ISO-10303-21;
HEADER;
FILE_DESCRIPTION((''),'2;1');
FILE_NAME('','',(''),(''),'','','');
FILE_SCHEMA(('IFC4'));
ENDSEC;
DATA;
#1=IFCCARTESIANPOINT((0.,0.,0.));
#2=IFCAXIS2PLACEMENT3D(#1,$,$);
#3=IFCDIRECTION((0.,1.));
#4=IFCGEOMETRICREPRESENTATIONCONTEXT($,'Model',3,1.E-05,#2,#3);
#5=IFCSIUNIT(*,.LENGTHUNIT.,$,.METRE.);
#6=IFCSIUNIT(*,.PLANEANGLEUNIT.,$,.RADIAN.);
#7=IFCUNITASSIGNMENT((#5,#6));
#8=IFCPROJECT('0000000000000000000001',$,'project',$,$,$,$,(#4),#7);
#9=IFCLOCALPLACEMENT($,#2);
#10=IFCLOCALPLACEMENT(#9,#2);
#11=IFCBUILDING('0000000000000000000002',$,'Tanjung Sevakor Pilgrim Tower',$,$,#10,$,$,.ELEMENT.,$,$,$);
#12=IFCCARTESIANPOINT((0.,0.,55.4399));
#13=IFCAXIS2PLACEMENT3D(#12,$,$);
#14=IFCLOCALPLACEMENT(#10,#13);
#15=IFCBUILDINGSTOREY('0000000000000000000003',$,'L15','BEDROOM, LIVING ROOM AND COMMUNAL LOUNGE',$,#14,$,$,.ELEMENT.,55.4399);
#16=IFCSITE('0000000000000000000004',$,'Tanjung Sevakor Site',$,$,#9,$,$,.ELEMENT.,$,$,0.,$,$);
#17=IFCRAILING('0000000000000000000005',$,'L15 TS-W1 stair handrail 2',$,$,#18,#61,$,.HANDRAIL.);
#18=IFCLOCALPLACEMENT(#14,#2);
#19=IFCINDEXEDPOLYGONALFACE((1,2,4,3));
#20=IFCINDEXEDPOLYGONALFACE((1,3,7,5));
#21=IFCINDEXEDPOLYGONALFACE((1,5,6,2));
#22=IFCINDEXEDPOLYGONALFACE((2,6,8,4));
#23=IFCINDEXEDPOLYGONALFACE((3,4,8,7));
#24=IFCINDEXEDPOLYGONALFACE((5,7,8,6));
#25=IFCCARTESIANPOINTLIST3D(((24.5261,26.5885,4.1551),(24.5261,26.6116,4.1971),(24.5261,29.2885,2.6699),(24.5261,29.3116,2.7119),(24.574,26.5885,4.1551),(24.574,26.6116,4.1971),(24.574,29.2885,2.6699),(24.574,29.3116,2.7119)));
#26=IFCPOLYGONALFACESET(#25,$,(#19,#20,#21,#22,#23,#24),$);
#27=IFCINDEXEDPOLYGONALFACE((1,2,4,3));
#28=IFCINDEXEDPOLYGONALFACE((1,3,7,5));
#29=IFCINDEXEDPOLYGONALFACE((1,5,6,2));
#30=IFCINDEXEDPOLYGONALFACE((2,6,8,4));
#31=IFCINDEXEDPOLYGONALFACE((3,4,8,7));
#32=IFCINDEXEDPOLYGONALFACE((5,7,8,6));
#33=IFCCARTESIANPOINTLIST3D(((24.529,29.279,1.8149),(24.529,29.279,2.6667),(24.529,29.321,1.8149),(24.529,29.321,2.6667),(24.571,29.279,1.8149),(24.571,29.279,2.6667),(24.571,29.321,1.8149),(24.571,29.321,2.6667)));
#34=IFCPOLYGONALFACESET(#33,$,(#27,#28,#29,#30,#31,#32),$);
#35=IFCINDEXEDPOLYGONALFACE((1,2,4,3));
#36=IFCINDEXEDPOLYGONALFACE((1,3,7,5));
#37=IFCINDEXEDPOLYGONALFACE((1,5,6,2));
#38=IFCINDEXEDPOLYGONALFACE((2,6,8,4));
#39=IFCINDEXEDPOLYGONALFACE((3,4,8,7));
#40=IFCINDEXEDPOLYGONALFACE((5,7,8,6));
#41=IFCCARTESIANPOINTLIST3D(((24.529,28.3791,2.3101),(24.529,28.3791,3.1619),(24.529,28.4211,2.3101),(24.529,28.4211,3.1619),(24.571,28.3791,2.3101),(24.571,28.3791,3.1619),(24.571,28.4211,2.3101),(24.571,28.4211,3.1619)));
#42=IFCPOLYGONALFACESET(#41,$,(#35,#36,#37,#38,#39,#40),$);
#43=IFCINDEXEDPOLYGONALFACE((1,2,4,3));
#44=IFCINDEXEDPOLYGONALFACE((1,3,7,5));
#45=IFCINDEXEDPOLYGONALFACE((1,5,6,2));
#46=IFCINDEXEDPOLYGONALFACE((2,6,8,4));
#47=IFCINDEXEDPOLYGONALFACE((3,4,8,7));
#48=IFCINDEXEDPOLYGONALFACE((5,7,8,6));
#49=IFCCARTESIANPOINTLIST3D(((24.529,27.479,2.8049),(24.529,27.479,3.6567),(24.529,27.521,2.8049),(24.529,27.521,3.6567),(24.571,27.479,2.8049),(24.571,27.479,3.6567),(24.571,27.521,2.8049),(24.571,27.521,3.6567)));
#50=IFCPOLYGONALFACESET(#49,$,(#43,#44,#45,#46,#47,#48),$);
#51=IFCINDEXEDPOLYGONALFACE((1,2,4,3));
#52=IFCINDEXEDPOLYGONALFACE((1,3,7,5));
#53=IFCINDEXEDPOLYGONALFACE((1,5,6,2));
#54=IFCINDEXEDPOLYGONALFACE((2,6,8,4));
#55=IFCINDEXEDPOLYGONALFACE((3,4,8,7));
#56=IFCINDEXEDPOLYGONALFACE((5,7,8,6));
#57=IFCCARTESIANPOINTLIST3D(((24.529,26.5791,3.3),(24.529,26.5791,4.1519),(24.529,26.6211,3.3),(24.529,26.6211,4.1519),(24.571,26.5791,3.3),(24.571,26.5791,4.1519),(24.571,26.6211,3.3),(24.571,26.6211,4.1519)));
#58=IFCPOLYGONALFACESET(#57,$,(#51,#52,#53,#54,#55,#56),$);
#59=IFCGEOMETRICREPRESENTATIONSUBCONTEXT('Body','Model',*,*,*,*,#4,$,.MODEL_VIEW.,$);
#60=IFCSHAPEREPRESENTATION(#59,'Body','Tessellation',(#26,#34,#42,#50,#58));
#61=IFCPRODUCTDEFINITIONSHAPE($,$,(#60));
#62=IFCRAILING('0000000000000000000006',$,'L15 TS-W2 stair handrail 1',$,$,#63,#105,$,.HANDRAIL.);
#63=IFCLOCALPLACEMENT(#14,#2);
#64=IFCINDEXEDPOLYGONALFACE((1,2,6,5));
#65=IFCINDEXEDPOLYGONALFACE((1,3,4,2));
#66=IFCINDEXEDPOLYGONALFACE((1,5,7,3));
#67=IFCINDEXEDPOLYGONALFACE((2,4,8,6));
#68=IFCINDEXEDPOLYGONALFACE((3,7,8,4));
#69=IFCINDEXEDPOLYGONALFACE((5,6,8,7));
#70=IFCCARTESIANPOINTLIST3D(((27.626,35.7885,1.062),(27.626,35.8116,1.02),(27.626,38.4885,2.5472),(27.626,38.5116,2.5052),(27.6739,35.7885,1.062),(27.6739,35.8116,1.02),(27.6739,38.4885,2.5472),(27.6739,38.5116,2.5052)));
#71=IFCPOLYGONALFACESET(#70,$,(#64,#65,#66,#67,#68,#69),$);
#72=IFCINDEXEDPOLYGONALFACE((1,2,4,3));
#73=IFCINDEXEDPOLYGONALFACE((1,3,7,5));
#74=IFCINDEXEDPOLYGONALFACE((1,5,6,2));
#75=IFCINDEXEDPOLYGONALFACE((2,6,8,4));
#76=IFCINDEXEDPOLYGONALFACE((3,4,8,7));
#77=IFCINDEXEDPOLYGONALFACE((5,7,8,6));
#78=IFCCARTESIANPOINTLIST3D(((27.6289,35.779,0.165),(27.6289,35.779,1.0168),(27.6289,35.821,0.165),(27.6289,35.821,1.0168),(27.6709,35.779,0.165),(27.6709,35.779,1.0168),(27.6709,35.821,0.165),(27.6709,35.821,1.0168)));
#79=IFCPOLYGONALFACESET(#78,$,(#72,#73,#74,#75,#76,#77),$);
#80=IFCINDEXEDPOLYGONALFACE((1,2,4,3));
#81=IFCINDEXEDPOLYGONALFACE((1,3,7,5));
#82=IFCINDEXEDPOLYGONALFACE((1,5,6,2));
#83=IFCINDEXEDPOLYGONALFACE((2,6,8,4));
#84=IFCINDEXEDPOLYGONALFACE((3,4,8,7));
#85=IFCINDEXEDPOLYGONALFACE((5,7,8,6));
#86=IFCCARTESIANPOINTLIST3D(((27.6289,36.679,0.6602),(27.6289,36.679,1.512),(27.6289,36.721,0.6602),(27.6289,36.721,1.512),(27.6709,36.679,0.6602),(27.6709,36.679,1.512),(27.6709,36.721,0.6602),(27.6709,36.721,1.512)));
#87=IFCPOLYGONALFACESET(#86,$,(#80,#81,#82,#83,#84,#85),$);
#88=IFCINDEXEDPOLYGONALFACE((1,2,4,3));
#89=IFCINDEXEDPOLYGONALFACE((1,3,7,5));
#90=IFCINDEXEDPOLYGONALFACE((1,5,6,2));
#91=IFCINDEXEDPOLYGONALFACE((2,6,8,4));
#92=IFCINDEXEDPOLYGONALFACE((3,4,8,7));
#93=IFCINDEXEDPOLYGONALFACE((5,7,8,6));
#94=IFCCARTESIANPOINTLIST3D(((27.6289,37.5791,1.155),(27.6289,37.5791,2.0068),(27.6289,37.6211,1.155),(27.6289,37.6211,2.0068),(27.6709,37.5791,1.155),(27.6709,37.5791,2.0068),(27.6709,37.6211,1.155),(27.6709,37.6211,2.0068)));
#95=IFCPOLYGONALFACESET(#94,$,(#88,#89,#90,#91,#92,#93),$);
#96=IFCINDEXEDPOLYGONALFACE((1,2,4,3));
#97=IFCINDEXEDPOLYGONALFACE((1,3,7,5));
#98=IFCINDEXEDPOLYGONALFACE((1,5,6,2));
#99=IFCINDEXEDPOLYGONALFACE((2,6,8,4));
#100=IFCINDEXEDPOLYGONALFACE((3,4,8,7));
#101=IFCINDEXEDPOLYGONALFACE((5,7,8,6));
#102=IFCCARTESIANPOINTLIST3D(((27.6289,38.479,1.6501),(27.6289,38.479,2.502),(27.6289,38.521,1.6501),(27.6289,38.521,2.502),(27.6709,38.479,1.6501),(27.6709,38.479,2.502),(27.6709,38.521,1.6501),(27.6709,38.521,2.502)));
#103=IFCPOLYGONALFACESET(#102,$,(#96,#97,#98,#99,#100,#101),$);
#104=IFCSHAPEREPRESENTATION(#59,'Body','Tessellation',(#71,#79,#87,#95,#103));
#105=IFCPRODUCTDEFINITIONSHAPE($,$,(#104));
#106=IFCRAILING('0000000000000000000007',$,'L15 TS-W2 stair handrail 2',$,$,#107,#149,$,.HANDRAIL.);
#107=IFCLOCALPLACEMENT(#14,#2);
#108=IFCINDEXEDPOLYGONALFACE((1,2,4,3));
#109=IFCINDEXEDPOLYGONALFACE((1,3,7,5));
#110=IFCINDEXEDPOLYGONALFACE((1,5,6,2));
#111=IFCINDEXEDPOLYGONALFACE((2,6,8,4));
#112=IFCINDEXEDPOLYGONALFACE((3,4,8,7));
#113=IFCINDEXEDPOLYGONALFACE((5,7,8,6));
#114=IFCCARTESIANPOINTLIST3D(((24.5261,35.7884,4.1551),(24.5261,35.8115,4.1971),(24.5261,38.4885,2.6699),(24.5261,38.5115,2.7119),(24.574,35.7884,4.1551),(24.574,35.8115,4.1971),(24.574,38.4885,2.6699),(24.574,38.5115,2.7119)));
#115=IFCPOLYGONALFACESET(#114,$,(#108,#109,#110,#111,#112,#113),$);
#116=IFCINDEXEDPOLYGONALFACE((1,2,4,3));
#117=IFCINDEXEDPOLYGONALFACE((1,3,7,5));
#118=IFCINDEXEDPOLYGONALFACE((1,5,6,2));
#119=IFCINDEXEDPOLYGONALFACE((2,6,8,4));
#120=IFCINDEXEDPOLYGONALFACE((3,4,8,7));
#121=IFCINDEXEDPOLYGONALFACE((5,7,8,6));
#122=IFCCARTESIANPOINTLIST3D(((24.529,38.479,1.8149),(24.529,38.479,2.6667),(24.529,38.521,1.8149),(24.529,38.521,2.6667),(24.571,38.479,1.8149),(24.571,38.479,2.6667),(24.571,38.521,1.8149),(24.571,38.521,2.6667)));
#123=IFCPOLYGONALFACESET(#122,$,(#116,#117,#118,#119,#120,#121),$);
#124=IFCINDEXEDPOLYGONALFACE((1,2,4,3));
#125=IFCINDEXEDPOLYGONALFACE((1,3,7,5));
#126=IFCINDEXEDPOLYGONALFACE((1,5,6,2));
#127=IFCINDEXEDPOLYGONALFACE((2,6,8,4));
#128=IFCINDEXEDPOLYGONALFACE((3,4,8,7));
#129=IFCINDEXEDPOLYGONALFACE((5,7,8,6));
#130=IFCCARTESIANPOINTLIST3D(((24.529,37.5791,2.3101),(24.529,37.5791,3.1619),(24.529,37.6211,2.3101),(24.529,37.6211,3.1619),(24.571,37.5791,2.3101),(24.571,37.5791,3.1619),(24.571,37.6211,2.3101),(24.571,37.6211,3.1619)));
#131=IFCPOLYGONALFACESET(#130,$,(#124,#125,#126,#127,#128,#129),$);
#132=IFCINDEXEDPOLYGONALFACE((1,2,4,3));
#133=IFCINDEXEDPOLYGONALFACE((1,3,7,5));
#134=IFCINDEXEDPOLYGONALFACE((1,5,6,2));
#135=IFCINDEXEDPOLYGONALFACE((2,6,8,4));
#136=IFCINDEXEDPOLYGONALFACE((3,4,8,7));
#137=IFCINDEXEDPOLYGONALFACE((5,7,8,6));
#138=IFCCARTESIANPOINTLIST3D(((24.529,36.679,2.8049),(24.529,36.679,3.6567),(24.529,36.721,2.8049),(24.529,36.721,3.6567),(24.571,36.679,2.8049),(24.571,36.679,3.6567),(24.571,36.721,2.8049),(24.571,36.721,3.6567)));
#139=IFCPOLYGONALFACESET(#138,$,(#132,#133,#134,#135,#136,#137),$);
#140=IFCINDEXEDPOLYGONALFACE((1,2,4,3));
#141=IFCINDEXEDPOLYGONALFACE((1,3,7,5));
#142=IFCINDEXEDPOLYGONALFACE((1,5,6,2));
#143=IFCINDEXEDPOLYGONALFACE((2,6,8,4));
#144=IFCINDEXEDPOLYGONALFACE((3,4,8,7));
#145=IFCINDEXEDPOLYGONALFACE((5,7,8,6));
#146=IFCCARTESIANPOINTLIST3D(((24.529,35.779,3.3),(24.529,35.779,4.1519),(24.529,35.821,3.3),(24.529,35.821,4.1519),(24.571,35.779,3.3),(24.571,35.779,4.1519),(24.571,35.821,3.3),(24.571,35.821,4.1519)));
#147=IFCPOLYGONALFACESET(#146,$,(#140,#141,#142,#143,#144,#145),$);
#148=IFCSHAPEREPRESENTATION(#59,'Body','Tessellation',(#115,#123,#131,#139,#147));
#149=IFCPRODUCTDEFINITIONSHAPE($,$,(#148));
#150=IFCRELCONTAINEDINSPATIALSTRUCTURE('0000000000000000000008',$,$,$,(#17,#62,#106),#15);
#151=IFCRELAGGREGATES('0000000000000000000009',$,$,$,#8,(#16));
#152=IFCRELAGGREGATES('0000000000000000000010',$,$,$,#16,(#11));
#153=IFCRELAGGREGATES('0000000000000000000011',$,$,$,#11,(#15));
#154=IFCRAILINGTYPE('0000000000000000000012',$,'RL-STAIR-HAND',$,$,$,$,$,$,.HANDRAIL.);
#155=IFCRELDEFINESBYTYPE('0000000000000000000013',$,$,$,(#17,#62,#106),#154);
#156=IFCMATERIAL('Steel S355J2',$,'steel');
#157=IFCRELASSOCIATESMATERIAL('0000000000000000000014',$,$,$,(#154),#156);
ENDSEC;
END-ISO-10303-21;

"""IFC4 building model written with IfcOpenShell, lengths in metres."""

from ifc_helpers import new_model, si_unit, direction, frame, origin, place, context, subcontext, project, spatial, rectangle, extrude, material, type_object, element, save


model = new_model("IFC4")

# Units and contexts
model_context = context("Model", 3, precision=1e-05, world=origin(), true_north=direction((0.0, 1.0)))
body_context = subcontext(model_context, "Body", "Model", "MODEL_VIEW")
ifc_project = project(units=[si_unit("LENGTHUNIT", "METRE"), si_unit("PLANEANGLEUNIT", "RADIAN")], contexts=[model_context])

# Site, building, storey
site_placement = place(None, origin())
site = spatial("IfcSite", under=ifc_project, at=site_placement, Name="Tanjung Sevakor Site", CompositionType="ELEMENT", RefElevation=0.0)
building_placement = place(site_placement, origin())
building = spatial("IfcBuilding", under=site, at=building_placement, Name="Tanjung Sevakor Pilgrim Tower", CompositionType="ELEMENT")
storey_placement = place(building_placement, frame((0.0, 0.0, 55.4399)))
storey = spatial("IfcBuildingStorey", under=building, at=storey_placement, Name="L15", Description="BEDROOM, LIVING ROOM AND COMMUNAL LOUNGE", CompositionType="ELEMENT", Elevation=55.4399)

# Railings
ifc_material_1 = material(Name="Steel S355J2", Category="steel")
railing_type_1 = type_object("IfcRailingType", Name="RL-STAIR-HAND", PredefinedType="HANDRAIL", material=ifc_material_1)
railing_1_placement = place(storey_placement, frame((24.55, 29.3, 1.8149)))
element("IfcRailing", 1, at=railing_1_placement, inside=storey, type_object=railing_type_1, Name="L15 TS-W1 stair handrail 2", PredefinedType="HANDRAIL", context=body_context, shape_type="SweptSolid", body=[
    extrude(rectangle(XDim=0.0479, YDim=0.0479), frame((0.0, 0.0, 0.876), z_axis=(0.0, -0.876198, 0.481952), x_axis=(1.0, 0.0, 0.0)), (0.0, 0.0, 1.0), 3.0815),
    extrude(rectangle(XDim=0.042, YDim=0.042), origin(), (0.0, 0.0, 1.0), 0.8518),
    extrude(rectangle(XDim=0.042, YDim=0.042), frame((0.0, -0.8999, 0.4951)), (0.0, 0.0, 1.0), 0.8518),
    extrude(rectangle(XDim=0.042, YDim=0.042), frame((0.0, -1.8, 0.99)), (0.0, 0.0, 1.0), 0.8518),
    extrude(rectangle(XDim=0.042, YDim=0.042), frame((0.0, -2.7, 1.4851)), (0.0, 0.0, 1.0), 0.8518),
])
railing_2_placement = place(storey_placement, frame((27.6499, 35.8, 0.165)))
element("IfcRailing", 2, at=railing_2_placement, inside=storey, type_object=railing_type_1, Name="L15 TS-W2 stair handrail 1", PredefinedType="HANDRAIL", context=body_context, shape_type="SweptSolid", body=[
    extrude(rectangle(XDim=0.0479, YDim=0.0479), frame((0.0, 0.0, 0.876), z_axis=(0.0, 0.876198, 0.481952), x_axis=(-1.0, 0.0, 0.0)), (0.0, 0.0, 1.0), 3.0815),
    extrude(rectangle(XDim=0.042, YDim=0.042), origin(), (0.0, 0.0, 1.0), 0.8518),
    extrude(rectangle(XDim=0.042, YDim=0.042), frame((0.0, 0.8999, 0.4951)), (0.0, 0.0, 1.0), 0.8518),
    extrude(rectangle(XDim=0.042, YDim=0.042), frame((0.0, 1.8, 0.99)), (0.0, 0.0, 1.0), 0.8518),
    extrude(rectangle(XDim=0.042, YDim=0.042), frame((0.0, 2.7, 1.4851)), (0.0, 0.0, 1.0), 0.8518),
])
railing_3_placement = place(storey_placement, frame((24.55, 38.5, 1.8149)))
element("IfcRailing", 3, at=railing_3_placement, inside=storey, type_object=railing_type_1, Name="L15 TS-W2 stair handrail 2", PredefinedType="HANDRAIL", context=body_context, shape_type="SweptSolid", body=[
    extrude(rectangle(XDim=0.0479, YDim=0.0479), frame((0.0, 0.0, 0.876), z_axis=(0.0, -0.876198, 0.481952), x_axis=(1.0, 0.0, 0.0)), (0.0, 0.0, 1.0), 3.0815),
    extrude(rectangle(XDim=0.042, YDim=0.042), origin(), (0.0, 0.0, 1.0), 0.8518),
    extrude(rectangle(XDim=0.042, YDim=0.042), frame((0.0, -0.8999, 0.4951)), (0.0, 0.0, 1.0), 0.8518),
    extrude(rectangle(XDim=0.042, YDim=0.042), frame((0.0, -1.8, 0.99)), (0.0, 0.0, 1.0), 0.8518),
    extrude(rectangle(XDim=0.042, YDim=0.042), frame((0.0, -2.7, 1.4851)), (0.0, 0.0, 1.0), 0.8518),
])

save(model, "model.ifc")
